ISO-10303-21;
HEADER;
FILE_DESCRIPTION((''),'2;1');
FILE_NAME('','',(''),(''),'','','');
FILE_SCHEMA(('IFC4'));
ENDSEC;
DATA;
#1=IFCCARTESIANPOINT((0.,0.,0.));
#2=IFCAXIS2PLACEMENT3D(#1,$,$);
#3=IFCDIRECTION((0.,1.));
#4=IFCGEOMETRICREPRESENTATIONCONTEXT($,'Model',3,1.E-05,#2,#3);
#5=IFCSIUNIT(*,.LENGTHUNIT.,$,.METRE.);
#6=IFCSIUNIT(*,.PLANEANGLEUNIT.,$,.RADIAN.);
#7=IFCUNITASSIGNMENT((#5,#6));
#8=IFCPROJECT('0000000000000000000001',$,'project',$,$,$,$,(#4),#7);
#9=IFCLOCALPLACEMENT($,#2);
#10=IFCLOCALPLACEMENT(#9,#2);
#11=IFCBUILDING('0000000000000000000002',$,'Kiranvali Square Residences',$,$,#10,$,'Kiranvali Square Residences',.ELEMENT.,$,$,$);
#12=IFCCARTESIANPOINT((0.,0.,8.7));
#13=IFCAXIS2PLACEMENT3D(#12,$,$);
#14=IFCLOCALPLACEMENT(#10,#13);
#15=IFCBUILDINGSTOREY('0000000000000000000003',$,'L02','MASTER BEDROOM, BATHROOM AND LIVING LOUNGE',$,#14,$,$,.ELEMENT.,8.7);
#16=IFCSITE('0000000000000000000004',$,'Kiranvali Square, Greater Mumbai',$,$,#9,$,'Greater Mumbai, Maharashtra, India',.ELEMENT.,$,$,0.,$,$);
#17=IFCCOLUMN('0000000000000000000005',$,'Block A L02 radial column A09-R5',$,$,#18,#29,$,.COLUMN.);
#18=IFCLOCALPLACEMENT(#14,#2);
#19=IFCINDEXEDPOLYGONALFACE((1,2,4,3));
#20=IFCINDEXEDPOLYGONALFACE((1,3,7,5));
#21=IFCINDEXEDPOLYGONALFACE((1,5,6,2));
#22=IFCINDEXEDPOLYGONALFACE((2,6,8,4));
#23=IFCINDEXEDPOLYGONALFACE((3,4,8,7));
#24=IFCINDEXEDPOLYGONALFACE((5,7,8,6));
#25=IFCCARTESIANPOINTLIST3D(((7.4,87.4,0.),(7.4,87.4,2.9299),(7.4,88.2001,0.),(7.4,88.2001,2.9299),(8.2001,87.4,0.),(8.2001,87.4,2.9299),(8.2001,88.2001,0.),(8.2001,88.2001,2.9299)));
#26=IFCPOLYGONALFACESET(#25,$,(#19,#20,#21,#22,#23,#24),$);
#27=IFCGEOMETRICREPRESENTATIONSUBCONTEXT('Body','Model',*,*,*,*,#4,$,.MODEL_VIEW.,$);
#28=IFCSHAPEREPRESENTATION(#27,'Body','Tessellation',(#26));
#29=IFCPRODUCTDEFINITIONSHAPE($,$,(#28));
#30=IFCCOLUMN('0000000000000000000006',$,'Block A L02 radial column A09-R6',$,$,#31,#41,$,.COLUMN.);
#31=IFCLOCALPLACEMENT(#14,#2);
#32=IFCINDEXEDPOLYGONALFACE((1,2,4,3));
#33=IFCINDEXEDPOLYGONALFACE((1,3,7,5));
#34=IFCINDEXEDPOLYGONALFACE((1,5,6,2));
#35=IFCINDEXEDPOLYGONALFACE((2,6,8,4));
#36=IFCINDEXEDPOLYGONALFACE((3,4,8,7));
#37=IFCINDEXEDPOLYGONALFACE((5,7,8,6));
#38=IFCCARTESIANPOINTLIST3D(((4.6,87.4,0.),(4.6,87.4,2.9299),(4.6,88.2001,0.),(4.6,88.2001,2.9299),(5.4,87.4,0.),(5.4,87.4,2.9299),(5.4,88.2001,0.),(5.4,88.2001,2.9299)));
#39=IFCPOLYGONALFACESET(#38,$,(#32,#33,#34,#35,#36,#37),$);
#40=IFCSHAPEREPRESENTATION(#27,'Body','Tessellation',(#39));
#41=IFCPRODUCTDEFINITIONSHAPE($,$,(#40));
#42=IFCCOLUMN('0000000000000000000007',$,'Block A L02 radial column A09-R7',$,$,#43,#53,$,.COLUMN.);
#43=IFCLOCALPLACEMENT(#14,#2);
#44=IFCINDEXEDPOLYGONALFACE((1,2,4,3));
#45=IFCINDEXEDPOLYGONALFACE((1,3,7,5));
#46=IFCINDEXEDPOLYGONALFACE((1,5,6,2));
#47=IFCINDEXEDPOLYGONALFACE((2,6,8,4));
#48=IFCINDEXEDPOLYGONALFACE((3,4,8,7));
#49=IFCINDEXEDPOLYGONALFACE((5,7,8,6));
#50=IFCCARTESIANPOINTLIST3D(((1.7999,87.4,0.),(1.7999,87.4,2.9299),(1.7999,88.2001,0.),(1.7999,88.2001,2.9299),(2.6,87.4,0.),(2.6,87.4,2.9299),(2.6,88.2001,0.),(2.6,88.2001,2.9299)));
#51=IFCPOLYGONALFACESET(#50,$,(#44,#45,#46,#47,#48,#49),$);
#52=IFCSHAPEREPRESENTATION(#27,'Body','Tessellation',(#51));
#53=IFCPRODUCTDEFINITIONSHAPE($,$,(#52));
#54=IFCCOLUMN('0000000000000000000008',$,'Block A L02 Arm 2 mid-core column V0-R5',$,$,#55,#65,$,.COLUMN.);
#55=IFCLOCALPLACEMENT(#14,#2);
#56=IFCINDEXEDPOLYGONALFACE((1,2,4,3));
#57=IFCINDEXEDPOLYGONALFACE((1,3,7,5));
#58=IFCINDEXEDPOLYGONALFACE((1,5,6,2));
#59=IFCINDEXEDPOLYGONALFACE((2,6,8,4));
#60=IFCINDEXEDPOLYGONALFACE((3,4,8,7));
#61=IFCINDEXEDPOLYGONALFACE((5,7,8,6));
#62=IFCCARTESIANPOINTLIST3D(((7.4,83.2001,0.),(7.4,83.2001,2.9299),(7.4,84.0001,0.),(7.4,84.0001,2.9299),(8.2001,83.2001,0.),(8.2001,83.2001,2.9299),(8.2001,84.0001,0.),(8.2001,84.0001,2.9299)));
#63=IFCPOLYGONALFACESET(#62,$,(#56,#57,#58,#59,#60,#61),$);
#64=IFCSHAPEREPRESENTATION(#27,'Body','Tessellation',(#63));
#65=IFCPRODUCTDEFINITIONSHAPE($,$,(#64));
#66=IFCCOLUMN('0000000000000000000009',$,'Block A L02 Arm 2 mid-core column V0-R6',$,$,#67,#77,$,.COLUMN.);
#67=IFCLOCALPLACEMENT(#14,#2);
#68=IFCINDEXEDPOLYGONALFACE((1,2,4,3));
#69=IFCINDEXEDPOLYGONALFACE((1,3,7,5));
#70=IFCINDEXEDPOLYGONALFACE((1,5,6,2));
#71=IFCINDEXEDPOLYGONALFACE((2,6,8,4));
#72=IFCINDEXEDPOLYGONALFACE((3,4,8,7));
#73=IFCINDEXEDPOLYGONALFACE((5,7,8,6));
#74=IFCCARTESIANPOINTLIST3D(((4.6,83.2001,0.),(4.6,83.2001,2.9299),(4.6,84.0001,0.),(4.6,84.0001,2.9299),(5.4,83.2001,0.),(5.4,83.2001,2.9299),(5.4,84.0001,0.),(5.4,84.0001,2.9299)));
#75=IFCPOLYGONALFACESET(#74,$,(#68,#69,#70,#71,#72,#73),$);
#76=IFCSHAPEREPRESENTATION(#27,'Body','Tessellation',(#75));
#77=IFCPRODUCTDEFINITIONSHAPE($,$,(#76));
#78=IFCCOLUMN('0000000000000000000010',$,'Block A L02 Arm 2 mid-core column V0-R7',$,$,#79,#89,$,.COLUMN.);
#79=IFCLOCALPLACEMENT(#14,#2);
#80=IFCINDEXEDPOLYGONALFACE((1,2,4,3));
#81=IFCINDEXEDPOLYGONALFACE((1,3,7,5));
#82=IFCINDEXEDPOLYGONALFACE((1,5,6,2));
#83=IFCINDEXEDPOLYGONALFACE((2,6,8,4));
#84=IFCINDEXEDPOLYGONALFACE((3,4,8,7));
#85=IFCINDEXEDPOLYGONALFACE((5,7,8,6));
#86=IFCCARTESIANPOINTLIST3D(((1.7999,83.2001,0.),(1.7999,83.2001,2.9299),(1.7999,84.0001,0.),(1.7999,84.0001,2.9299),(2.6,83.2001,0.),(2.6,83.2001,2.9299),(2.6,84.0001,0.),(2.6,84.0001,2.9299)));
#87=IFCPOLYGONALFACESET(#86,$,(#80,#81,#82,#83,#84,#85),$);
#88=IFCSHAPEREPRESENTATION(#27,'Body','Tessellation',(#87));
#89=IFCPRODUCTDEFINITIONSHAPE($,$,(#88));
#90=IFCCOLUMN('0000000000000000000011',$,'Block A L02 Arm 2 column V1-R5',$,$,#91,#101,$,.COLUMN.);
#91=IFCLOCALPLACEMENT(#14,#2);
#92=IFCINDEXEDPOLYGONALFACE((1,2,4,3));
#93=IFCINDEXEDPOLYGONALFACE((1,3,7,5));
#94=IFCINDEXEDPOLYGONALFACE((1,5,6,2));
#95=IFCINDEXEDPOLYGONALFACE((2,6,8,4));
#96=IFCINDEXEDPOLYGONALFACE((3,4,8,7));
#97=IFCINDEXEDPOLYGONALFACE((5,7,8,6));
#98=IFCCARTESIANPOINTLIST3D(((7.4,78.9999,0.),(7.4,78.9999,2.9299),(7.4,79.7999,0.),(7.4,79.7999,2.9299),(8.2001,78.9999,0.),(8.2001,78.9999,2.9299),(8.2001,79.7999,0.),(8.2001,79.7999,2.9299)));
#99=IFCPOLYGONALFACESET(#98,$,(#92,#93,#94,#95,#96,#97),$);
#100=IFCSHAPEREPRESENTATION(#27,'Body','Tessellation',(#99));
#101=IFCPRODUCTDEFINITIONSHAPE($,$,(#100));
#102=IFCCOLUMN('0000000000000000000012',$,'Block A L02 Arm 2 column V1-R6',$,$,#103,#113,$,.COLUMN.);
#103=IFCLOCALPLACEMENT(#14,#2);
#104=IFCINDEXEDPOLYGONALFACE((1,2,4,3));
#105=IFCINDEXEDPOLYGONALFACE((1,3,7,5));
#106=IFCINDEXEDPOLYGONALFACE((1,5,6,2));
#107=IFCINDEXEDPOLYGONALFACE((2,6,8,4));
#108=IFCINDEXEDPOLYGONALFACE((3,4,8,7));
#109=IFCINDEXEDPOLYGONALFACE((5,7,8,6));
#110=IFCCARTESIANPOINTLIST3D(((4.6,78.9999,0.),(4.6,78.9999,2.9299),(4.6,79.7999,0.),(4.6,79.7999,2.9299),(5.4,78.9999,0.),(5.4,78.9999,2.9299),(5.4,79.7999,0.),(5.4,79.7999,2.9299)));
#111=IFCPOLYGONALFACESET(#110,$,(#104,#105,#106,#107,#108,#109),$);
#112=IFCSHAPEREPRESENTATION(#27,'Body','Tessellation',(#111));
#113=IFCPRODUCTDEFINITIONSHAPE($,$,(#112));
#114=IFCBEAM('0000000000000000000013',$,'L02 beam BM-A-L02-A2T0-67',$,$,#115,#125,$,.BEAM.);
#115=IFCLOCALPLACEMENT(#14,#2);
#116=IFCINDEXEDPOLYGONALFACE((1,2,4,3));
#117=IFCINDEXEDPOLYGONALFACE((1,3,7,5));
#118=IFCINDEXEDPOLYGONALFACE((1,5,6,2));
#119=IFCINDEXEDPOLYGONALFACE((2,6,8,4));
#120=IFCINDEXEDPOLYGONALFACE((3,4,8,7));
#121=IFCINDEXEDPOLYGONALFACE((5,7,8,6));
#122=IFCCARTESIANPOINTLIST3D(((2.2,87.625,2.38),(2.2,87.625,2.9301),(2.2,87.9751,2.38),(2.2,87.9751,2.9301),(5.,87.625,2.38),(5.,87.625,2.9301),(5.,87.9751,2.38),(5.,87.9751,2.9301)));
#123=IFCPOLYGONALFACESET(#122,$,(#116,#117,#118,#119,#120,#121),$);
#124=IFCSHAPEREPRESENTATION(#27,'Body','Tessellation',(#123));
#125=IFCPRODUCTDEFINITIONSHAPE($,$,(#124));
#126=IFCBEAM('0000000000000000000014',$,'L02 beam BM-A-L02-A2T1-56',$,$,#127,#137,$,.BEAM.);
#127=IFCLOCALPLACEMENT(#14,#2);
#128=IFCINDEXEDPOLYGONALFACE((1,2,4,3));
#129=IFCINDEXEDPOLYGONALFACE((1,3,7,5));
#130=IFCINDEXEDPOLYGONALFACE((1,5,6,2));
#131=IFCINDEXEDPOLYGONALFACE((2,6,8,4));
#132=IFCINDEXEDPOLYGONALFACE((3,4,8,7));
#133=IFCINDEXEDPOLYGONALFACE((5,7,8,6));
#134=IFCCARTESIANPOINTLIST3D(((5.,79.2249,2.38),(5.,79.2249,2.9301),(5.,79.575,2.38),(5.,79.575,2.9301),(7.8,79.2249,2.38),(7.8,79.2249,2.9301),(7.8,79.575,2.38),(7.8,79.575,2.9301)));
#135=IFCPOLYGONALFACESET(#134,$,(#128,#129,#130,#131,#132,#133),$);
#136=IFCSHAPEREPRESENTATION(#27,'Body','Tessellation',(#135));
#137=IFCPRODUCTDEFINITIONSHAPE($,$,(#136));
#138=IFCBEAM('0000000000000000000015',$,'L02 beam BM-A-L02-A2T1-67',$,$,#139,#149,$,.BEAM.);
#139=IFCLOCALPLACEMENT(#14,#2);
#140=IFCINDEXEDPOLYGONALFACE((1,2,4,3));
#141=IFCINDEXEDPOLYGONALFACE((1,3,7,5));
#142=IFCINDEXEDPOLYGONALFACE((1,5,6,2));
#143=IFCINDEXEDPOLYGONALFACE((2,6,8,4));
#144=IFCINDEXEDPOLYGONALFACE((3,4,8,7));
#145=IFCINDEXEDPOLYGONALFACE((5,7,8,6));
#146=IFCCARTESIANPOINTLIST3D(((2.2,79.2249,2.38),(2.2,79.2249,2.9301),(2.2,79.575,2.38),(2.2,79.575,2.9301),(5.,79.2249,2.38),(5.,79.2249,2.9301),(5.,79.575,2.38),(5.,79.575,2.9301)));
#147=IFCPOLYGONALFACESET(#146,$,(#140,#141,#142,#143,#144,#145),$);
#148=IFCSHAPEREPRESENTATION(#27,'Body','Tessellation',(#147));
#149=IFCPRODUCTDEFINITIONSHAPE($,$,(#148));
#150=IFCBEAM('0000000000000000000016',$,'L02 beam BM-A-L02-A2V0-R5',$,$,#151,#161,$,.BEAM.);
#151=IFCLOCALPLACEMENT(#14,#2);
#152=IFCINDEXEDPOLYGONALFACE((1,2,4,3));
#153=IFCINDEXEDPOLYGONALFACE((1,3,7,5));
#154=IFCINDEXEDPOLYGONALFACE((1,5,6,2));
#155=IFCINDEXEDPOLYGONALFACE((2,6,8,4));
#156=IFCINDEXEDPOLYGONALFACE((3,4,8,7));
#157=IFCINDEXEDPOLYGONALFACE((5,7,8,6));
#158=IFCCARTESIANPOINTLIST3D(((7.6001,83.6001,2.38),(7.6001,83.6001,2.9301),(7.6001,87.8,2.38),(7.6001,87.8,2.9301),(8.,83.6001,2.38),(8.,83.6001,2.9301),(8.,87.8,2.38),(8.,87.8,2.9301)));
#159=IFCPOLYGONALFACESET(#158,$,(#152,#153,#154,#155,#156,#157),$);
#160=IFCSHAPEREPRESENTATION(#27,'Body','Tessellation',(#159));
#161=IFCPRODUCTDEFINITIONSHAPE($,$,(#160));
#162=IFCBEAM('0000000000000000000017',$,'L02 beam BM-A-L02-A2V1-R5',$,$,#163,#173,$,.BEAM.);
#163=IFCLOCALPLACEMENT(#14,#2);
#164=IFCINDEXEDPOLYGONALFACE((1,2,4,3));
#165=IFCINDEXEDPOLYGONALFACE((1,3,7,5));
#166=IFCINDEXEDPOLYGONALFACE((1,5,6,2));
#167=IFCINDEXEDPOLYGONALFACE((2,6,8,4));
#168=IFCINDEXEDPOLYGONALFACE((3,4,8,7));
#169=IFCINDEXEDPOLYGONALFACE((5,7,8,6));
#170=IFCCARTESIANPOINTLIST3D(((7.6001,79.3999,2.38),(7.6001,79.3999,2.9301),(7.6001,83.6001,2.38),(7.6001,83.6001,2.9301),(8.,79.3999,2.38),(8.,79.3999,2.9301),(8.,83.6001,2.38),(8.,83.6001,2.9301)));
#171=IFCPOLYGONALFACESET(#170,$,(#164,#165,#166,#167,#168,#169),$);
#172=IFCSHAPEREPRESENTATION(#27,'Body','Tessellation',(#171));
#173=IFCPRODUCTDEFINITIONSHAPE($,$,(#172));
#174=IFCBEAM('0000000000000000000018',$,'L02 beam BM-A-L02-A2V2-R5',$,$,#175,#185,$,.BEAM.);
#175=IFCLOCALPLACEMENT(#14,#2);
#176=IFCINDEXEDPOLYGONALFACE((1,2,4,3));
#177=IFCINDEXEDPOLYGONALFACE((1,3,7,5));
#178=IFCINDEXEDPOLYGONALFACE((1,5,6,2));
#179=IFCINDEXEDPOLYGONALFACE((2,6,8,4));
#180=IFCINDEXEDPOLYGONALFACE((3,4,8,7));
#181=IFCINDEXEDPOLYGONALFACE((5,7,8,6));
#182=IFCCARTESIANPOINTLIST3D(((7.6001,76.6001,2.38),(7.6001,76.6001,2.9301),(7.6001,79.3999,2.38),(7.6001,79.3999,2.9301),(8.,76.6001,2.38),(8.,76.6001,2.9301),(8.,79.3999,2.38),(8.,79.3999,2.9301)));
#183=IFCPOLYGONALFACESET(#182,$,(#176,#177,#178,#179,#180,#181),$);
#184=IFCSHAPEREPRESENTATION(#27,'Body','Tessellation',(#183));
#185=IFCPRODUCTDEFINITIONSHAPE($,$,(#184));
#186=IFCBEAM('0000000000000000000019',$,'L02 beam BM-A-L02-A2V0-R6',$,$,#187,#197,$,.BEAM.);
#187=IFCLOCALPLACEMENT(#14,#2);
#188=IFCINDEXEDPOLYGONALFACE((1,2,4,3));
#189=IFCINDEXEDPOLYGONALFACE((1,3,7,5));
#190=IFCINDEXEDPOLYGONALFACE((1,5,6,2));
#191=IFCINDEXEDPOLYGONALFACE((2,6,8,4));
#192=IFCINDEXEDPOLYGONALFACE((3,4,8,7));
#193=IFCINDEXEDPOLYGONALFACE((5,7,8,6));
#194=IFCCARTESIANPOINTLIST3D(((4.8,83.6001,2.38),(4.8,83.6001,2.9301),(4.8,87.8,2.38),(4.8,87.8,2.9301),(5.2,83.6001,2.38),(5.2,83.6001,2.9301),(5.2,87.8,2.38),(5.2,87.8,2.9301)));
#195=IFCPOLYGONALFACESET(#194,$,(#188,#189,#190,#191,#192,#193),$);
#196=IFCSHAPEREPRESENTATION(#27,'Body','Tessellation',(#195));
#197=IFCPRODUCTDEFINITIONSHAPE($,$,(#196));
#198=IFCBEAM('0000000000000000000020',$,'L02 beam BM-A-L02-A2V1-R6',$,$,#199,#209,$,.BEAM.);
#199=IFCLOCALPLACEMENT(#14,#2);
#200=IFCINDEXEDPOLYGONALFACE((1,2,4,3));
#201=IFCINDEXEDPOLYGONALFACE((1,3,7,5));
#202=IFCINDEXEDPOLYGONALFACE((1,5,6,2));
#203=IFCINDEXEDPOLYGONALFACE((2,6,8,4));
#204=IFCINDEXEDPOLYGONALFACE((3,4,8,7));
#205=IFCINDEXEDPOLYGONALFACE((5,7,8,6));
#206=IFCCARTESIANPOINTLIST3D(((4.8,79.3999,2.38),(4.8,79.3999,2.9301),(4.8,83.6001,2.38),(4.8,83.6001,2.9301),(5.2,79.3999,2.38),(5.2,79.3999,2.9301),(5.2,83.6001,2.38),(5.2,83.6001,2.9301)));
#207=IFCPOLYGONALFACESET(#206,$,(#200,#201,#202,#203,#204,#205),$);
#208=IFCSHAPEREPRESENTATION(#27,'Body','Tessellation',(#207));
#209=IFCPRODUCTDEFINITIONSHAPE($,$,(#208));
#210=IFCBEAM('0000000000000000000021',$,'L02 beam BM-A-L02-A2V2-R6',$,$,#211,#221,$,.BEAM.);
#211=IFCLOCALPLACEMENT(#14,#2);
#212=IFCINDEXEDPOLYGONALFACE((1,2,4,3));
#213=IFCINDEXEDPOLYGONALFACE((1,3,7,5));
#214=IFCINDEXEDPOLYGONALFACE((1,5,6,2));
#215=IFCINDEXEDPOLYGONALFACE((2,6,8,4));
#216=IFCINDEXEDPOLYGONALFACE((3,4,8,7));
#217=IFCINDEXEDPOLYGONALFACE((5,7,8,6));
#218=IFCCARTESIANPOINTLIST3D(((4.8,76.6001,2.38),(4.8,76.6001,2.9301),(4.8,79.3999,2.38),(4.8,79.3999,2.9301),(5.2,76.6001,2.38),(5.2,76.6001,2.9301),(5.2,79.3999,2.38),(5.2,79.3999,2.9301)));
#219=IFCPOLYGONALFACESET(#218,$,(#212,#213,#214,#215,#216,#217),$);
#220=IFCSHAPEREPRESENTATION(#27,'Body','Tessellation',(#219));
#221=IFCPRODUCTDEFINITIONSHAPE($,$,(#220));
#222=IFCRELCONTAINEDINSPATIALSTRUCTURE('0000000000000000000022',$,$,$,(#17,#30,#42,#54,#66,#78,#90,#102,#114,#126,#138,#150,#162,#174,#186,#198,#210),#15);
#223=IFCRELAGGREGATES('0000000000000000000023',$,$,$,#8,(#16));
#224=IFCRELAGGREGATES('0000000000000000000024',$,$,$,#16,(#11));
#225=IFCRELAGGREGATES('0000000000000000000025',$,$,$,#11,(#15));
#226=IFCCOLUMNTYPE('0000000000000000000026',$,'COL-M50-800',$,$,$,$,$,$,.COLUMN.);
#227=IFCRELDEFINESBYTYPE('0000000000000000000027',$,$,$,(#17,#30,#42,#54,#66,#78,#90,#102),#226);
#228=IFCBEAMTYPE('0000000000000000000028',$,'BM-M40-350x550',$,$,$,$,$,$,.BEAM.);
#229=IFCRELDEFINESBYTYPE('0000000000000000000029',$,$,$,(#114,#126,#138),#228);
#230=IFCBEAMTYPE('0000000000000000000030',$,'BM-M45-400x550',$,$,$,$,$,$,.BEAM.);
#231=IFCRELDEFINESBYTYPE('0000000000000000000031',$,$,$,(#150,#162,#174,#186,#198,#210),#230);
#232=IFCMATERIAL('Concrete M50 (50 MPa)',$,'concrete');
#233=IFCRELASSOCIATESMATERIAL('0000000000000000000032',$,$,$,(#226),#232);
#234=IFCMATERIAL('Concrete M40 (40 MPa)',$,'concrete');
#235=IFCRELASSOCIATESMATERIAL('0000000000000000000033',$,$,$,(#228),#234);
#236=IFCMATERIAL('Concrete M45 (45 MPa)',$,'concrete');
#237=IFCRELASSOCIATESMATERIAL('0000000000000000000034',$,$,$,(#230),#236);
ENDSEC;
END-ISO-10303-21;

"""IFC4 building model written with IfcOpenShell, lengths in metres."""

from ifc_helpers import new_model, si_unit, direction, frame, origin, origin_2d, place, context, subcontext, project, spatial, rectangle, extrude, material, material_profile, profile_set, type_object, element, save


model = new_model("IFC4")

# Units and contexts
model_context = context("Model", 3, precision=1e-05, world=origin(), true_north=direction((0.0, 1.0)))
body_context = subcontext(model_context, "Body", "Model", "MODEL_VIEW")
ifc_project = project(units=[si_unit("LENGTHUNIT", "METRE"), si_unit("PLANEANGLEUNIT", "RADIAN")], contexts=[model_context])

# Site, building, storey
site_placement = place(None, origin())
site = spatial("IfcSite", under=ifc_project, at=site_placement, Name="Kiranvali Square, Greater Mumbai", LongName="Greater Mumbai, Maharashtra, India", CompositionType="ELEMENT", RefElevation=0.0)
building_placement = place(site_placement, origin())
building = spatial("IfcBuilding", under=site, at=building_placement, Name="Kiranvali Square Residences", LongName="Kiranvali Square Residences", CompositionType="ELEMENT")
storey_placement = place(building_placement, frame((0.0, 0.0, 8.7)))
storey = spatial("IfcBuildingStorey", under=building, at=storey_placement, Name="L02", Description="MASTER BEDROOM, BATHROOM AND LIVING LOUNGE", CompositionType="ELEMENT", Elevation=8.7)

# Columns
ifc_material_1 = material(Name="Concrete M50 (50 MPa)", Category="concrete")
ifc_material_profile_1 = material_profile(ifc_material_1, rectangle(XDim=0.8, YDim=0.8, at=origin_2d()), Name="RC 800x800")
ifc_profile_set_1 = profile_set([ifc_material_profile_1], Name="Concrete M50 (50 MPa)")
column_type = type_object("IfcColumnType", Name="COL-M50-800", PredefinedType="COLUMN", material=ifc_profile_set_1)
for number, where, z_axis, x_axis, name in (
    (1, (7.8, 87.8, 0.0), (0.0, 0.0, 1.0), (0.0, 1.0, 0.0), "Block A L02 radial column A09-R5"),
    (2, (5.0, 87.8, 0.0), (0.0, 0.0, 1.0), (0.0, 1.0, 0.0), "Block A L02 radial column A09-R6"),
    (3, (2.2, 87.8, 0.0), (0.0, 0.0, 1.0), (0.0, 1.0, 0.0), "Block A L02 radial column A09-R7"),
    (4, (7.8, 83.6001, 0.0), (0.0, 0.0, 1.0), (1.0, 0.0, 0.0), "Block A L02 Arm 2 mid-core column V0-R5"),
    (5, (5.0, 83.6001, 0.0), (0.0, 0.0, 1.0), (1.0, 0.0, 0.0), "Block A L02 Arm 2 mid-core column V0-R6"),
    (6, (2.2, 83.6001, 0.0), (0.0, 0.0, 1.0), (1.0, 0.0, 0.0), "Block A L02 Arm 2 mid-core column V0-R7"),
    (7, (7.8, 79.3999, 0.0), (0.0, 0.0, 1.0), (1.0, 0.0, 0.0), "Block A L02 Arm 2 column V1-R5"),
    (8, (5.0, 79.3999, 0.0), (0.0, 0.0, 1.0), (1.0, 0.0, 0.0), "Block A L02 Arm 2 column V1-R6"),
):
    element("IfcColumn", number, at=place(storey_placement, frame(where, z_axis=z_axis, x_axis=x_axis)), inside=storey, type_object=column_type, Name=name, PredefinedType="COLUMN", context=body_context, shape_type="SweptSolid", body=[
        extrude(rectangle(XDim=0.8, YDim=0.8, at=origin_2d()), origin(), (0.0, 0.0, 1.0), 2.9299),
    ])

# Beams
ifc_material_2 = material(Name="Concrete M40 (40 MPa)", Category="concrete")
ifc_material_profile_2 = material_profile(ifc_material_2, rectangle(XDim=0.3501, YDim=0.55, at=origin_2d()), Name="RC 350x550")
ifc_profile_set_2 = profile_set([ifc_material_profile_2], Name="Concrete M40 (40 MPa)")
beam_type_1 = type_object("IfcBeamType", Name="BM-M40-350x550", PredefinedType="BEAM", material=ifc_profile_set_2)
for number, where, z_axis, x_axis, name in (
    (9, (5.0, 87.8, 2.655), (-1.0, 0.0, 0.0), (0.0, -1.0, 0.0), "L02 beam BM-A-L02-A2T0-67"),
    (10, (7.8, 79.3999, 2.655), (-1.0, 0.0, 0.0), (0.0, -1.0, 0.0), "L02 beam BM-A-L02-A2T1-56"),
    (11, (5.0, 79.3999, 2.655), (-1.0, 0.0, 0.0), (0.0, -1.0, 0.0), "L02 beam BM-A-L02-A2T1-67"),
):
    element("IfcBeam", number, at=place(storey_placement, frame(where, z_axis=z_axis, x_axis=x_axis)), inside=storey, type_object=beam_type_1, Name=name, PredefinedType="BEAM", context=body_context, shape_type="SweptSolid", body=[
        extrude(rectangle(XDim=0.3501, YDim=0.55, at=origin_2d()), origin(), (0.0, 0.0, 1.0), 2.8),
    ])
ifc_material_3 = material(Name="Concrete M45 (45 MPa)", Category="concrete")
ifc_material_profile_3 = material_profile(ifc_material_3, rectangle(XDim=0.3999, YDim=0.55, at=origin_2d()), Name="RC 400x550")
ifc_profile_set_3 = profile_set([ifc_material_profile_3], Name="Concrete M45 (45 MPa)")
beam_type_2 = type_object("IfcBeamType", Name="BM-M45-400x550", PredefinedType="BEAM", material=ifc_profile_set_3)
beam_1_placement = place(storey_placement, frame((7.8, 87.8, 2.655), z_axis=(0.0, -1.0, 0.0), x_axis=(1.0, 0.0, 0.0)))
element("IfcBeam", 12, at=beam_1_placement, inside=storey, type_object=beam_type_2, Name="L02 beam BM-A-L02-A2V0-R5", PredefinedType="BEAM", context=body_context, shape_type="SweptSolid", body=[
    extrude(rectangle(XDim=0.3999, YDim=0.55, at=origin_2d()), origin(), (0.0, 0.0, 1.0), 4.2),
])
beam_2_placement = place(storey_placement, frame((7.8, 83.6001, 2.655), z_axis=(0.0, -1.0, 0.0), x_axis=(1.0, 0.0, 0.0)))
element("IfcBeam", 13, at=beam_2_placement, inside=storey, type_object=beam_type_2, Name="L02 beam BM-A-L02-A2V1-R5", PredefinedType="BEAM", context=body_context, shape_type="SweptSolid", body=[
    extrude(rectangle(XDim=0.3999, YDim=0.55, at=origin_2d()), origin(), (0.0, 0.0, 1.0), 4.2002),
])
beam_3_placement = place(storey_placement, frame((7.8, 79.3999, 2.655), z_axis=(0.0, -1.0, 0.0), x_axis=(1.0, 0.0, 0.0)))
element("IfcBeam", 14, at=beam_3_placement, inside=storey, type_object=beam_type_2, Name="L02 beam BM-A-L02-A2V2-R5", PredefinedType="BEAM", context=body_context, shape_type="SweptSolid", body=[
    extrude(rectangle(XDim=0.3999, YDim=0.55, at=origin_2d()), origin(), (0.0, 0.0, 1.0), 2.7998),
])
beam_4_placement = place(storey_placement, frame((5.0, 87.8, 2.655), z_axis=(0.0, -1.0, 0.0), x_axis=(1.0, 0.0, 0.0)))
element("IfcBeam", 15, at=beam_4_placement, inside=storey, type_object=beam_type_2, Name="L02 beam BM-A-L02-A2V0-R6", PredefinedType="BEAM", context=body_context, shape_type="SweptSolid", body=[
    extrude(rectangle(XDim=0.3999, YDim=0.55, at=origin_2d()), origin(), (0.0, 0.0, 1.0), 4.2),
])
beam_5_placement = place(storey_placement, frame((5.0, 83.6001, 2.655), z_axis=(0.0, -1.0, 0.0), x_axis=(1.0, 0.0, 0.0)))
element("IfcBeam", 16, at=beam_5_placement, inside=storey, type_object=beam_type_2, Name="L02 beam BM-A-L02-A2V1-R6", PredefinedType="BEAM", context=body_context, shape_type="SweptSolid", body=[
    extrude(rectangle(XDim=0.3999, YDim=0.55, at=origin_2d()), origin(), (0.0, 0.0, 1.0), 4.2002),
])
beam_6_placement = place(storey_placement, frame((5.0, 79.3999, 2.655), z_axis=(0.0, -1.0, 0.0), x_axis=(1.0, 0.0, 0.0)))
element("IfcBeam", 17, at=beam_6_placement, inside=storey, type_object=beam_type_2, Name="L02 beam BM-A-L02-A2V2-R6", PredefinedType="BEAM", context=body_context, shape_type="SweptSolid", body=[
    extrude(rectangle(XDim=0.3999, YDim=0.55, at=origin_2d()), origin(), (0.0, 0.0, 1.0), 2.7998),
])

save(model, "model.ifc")
